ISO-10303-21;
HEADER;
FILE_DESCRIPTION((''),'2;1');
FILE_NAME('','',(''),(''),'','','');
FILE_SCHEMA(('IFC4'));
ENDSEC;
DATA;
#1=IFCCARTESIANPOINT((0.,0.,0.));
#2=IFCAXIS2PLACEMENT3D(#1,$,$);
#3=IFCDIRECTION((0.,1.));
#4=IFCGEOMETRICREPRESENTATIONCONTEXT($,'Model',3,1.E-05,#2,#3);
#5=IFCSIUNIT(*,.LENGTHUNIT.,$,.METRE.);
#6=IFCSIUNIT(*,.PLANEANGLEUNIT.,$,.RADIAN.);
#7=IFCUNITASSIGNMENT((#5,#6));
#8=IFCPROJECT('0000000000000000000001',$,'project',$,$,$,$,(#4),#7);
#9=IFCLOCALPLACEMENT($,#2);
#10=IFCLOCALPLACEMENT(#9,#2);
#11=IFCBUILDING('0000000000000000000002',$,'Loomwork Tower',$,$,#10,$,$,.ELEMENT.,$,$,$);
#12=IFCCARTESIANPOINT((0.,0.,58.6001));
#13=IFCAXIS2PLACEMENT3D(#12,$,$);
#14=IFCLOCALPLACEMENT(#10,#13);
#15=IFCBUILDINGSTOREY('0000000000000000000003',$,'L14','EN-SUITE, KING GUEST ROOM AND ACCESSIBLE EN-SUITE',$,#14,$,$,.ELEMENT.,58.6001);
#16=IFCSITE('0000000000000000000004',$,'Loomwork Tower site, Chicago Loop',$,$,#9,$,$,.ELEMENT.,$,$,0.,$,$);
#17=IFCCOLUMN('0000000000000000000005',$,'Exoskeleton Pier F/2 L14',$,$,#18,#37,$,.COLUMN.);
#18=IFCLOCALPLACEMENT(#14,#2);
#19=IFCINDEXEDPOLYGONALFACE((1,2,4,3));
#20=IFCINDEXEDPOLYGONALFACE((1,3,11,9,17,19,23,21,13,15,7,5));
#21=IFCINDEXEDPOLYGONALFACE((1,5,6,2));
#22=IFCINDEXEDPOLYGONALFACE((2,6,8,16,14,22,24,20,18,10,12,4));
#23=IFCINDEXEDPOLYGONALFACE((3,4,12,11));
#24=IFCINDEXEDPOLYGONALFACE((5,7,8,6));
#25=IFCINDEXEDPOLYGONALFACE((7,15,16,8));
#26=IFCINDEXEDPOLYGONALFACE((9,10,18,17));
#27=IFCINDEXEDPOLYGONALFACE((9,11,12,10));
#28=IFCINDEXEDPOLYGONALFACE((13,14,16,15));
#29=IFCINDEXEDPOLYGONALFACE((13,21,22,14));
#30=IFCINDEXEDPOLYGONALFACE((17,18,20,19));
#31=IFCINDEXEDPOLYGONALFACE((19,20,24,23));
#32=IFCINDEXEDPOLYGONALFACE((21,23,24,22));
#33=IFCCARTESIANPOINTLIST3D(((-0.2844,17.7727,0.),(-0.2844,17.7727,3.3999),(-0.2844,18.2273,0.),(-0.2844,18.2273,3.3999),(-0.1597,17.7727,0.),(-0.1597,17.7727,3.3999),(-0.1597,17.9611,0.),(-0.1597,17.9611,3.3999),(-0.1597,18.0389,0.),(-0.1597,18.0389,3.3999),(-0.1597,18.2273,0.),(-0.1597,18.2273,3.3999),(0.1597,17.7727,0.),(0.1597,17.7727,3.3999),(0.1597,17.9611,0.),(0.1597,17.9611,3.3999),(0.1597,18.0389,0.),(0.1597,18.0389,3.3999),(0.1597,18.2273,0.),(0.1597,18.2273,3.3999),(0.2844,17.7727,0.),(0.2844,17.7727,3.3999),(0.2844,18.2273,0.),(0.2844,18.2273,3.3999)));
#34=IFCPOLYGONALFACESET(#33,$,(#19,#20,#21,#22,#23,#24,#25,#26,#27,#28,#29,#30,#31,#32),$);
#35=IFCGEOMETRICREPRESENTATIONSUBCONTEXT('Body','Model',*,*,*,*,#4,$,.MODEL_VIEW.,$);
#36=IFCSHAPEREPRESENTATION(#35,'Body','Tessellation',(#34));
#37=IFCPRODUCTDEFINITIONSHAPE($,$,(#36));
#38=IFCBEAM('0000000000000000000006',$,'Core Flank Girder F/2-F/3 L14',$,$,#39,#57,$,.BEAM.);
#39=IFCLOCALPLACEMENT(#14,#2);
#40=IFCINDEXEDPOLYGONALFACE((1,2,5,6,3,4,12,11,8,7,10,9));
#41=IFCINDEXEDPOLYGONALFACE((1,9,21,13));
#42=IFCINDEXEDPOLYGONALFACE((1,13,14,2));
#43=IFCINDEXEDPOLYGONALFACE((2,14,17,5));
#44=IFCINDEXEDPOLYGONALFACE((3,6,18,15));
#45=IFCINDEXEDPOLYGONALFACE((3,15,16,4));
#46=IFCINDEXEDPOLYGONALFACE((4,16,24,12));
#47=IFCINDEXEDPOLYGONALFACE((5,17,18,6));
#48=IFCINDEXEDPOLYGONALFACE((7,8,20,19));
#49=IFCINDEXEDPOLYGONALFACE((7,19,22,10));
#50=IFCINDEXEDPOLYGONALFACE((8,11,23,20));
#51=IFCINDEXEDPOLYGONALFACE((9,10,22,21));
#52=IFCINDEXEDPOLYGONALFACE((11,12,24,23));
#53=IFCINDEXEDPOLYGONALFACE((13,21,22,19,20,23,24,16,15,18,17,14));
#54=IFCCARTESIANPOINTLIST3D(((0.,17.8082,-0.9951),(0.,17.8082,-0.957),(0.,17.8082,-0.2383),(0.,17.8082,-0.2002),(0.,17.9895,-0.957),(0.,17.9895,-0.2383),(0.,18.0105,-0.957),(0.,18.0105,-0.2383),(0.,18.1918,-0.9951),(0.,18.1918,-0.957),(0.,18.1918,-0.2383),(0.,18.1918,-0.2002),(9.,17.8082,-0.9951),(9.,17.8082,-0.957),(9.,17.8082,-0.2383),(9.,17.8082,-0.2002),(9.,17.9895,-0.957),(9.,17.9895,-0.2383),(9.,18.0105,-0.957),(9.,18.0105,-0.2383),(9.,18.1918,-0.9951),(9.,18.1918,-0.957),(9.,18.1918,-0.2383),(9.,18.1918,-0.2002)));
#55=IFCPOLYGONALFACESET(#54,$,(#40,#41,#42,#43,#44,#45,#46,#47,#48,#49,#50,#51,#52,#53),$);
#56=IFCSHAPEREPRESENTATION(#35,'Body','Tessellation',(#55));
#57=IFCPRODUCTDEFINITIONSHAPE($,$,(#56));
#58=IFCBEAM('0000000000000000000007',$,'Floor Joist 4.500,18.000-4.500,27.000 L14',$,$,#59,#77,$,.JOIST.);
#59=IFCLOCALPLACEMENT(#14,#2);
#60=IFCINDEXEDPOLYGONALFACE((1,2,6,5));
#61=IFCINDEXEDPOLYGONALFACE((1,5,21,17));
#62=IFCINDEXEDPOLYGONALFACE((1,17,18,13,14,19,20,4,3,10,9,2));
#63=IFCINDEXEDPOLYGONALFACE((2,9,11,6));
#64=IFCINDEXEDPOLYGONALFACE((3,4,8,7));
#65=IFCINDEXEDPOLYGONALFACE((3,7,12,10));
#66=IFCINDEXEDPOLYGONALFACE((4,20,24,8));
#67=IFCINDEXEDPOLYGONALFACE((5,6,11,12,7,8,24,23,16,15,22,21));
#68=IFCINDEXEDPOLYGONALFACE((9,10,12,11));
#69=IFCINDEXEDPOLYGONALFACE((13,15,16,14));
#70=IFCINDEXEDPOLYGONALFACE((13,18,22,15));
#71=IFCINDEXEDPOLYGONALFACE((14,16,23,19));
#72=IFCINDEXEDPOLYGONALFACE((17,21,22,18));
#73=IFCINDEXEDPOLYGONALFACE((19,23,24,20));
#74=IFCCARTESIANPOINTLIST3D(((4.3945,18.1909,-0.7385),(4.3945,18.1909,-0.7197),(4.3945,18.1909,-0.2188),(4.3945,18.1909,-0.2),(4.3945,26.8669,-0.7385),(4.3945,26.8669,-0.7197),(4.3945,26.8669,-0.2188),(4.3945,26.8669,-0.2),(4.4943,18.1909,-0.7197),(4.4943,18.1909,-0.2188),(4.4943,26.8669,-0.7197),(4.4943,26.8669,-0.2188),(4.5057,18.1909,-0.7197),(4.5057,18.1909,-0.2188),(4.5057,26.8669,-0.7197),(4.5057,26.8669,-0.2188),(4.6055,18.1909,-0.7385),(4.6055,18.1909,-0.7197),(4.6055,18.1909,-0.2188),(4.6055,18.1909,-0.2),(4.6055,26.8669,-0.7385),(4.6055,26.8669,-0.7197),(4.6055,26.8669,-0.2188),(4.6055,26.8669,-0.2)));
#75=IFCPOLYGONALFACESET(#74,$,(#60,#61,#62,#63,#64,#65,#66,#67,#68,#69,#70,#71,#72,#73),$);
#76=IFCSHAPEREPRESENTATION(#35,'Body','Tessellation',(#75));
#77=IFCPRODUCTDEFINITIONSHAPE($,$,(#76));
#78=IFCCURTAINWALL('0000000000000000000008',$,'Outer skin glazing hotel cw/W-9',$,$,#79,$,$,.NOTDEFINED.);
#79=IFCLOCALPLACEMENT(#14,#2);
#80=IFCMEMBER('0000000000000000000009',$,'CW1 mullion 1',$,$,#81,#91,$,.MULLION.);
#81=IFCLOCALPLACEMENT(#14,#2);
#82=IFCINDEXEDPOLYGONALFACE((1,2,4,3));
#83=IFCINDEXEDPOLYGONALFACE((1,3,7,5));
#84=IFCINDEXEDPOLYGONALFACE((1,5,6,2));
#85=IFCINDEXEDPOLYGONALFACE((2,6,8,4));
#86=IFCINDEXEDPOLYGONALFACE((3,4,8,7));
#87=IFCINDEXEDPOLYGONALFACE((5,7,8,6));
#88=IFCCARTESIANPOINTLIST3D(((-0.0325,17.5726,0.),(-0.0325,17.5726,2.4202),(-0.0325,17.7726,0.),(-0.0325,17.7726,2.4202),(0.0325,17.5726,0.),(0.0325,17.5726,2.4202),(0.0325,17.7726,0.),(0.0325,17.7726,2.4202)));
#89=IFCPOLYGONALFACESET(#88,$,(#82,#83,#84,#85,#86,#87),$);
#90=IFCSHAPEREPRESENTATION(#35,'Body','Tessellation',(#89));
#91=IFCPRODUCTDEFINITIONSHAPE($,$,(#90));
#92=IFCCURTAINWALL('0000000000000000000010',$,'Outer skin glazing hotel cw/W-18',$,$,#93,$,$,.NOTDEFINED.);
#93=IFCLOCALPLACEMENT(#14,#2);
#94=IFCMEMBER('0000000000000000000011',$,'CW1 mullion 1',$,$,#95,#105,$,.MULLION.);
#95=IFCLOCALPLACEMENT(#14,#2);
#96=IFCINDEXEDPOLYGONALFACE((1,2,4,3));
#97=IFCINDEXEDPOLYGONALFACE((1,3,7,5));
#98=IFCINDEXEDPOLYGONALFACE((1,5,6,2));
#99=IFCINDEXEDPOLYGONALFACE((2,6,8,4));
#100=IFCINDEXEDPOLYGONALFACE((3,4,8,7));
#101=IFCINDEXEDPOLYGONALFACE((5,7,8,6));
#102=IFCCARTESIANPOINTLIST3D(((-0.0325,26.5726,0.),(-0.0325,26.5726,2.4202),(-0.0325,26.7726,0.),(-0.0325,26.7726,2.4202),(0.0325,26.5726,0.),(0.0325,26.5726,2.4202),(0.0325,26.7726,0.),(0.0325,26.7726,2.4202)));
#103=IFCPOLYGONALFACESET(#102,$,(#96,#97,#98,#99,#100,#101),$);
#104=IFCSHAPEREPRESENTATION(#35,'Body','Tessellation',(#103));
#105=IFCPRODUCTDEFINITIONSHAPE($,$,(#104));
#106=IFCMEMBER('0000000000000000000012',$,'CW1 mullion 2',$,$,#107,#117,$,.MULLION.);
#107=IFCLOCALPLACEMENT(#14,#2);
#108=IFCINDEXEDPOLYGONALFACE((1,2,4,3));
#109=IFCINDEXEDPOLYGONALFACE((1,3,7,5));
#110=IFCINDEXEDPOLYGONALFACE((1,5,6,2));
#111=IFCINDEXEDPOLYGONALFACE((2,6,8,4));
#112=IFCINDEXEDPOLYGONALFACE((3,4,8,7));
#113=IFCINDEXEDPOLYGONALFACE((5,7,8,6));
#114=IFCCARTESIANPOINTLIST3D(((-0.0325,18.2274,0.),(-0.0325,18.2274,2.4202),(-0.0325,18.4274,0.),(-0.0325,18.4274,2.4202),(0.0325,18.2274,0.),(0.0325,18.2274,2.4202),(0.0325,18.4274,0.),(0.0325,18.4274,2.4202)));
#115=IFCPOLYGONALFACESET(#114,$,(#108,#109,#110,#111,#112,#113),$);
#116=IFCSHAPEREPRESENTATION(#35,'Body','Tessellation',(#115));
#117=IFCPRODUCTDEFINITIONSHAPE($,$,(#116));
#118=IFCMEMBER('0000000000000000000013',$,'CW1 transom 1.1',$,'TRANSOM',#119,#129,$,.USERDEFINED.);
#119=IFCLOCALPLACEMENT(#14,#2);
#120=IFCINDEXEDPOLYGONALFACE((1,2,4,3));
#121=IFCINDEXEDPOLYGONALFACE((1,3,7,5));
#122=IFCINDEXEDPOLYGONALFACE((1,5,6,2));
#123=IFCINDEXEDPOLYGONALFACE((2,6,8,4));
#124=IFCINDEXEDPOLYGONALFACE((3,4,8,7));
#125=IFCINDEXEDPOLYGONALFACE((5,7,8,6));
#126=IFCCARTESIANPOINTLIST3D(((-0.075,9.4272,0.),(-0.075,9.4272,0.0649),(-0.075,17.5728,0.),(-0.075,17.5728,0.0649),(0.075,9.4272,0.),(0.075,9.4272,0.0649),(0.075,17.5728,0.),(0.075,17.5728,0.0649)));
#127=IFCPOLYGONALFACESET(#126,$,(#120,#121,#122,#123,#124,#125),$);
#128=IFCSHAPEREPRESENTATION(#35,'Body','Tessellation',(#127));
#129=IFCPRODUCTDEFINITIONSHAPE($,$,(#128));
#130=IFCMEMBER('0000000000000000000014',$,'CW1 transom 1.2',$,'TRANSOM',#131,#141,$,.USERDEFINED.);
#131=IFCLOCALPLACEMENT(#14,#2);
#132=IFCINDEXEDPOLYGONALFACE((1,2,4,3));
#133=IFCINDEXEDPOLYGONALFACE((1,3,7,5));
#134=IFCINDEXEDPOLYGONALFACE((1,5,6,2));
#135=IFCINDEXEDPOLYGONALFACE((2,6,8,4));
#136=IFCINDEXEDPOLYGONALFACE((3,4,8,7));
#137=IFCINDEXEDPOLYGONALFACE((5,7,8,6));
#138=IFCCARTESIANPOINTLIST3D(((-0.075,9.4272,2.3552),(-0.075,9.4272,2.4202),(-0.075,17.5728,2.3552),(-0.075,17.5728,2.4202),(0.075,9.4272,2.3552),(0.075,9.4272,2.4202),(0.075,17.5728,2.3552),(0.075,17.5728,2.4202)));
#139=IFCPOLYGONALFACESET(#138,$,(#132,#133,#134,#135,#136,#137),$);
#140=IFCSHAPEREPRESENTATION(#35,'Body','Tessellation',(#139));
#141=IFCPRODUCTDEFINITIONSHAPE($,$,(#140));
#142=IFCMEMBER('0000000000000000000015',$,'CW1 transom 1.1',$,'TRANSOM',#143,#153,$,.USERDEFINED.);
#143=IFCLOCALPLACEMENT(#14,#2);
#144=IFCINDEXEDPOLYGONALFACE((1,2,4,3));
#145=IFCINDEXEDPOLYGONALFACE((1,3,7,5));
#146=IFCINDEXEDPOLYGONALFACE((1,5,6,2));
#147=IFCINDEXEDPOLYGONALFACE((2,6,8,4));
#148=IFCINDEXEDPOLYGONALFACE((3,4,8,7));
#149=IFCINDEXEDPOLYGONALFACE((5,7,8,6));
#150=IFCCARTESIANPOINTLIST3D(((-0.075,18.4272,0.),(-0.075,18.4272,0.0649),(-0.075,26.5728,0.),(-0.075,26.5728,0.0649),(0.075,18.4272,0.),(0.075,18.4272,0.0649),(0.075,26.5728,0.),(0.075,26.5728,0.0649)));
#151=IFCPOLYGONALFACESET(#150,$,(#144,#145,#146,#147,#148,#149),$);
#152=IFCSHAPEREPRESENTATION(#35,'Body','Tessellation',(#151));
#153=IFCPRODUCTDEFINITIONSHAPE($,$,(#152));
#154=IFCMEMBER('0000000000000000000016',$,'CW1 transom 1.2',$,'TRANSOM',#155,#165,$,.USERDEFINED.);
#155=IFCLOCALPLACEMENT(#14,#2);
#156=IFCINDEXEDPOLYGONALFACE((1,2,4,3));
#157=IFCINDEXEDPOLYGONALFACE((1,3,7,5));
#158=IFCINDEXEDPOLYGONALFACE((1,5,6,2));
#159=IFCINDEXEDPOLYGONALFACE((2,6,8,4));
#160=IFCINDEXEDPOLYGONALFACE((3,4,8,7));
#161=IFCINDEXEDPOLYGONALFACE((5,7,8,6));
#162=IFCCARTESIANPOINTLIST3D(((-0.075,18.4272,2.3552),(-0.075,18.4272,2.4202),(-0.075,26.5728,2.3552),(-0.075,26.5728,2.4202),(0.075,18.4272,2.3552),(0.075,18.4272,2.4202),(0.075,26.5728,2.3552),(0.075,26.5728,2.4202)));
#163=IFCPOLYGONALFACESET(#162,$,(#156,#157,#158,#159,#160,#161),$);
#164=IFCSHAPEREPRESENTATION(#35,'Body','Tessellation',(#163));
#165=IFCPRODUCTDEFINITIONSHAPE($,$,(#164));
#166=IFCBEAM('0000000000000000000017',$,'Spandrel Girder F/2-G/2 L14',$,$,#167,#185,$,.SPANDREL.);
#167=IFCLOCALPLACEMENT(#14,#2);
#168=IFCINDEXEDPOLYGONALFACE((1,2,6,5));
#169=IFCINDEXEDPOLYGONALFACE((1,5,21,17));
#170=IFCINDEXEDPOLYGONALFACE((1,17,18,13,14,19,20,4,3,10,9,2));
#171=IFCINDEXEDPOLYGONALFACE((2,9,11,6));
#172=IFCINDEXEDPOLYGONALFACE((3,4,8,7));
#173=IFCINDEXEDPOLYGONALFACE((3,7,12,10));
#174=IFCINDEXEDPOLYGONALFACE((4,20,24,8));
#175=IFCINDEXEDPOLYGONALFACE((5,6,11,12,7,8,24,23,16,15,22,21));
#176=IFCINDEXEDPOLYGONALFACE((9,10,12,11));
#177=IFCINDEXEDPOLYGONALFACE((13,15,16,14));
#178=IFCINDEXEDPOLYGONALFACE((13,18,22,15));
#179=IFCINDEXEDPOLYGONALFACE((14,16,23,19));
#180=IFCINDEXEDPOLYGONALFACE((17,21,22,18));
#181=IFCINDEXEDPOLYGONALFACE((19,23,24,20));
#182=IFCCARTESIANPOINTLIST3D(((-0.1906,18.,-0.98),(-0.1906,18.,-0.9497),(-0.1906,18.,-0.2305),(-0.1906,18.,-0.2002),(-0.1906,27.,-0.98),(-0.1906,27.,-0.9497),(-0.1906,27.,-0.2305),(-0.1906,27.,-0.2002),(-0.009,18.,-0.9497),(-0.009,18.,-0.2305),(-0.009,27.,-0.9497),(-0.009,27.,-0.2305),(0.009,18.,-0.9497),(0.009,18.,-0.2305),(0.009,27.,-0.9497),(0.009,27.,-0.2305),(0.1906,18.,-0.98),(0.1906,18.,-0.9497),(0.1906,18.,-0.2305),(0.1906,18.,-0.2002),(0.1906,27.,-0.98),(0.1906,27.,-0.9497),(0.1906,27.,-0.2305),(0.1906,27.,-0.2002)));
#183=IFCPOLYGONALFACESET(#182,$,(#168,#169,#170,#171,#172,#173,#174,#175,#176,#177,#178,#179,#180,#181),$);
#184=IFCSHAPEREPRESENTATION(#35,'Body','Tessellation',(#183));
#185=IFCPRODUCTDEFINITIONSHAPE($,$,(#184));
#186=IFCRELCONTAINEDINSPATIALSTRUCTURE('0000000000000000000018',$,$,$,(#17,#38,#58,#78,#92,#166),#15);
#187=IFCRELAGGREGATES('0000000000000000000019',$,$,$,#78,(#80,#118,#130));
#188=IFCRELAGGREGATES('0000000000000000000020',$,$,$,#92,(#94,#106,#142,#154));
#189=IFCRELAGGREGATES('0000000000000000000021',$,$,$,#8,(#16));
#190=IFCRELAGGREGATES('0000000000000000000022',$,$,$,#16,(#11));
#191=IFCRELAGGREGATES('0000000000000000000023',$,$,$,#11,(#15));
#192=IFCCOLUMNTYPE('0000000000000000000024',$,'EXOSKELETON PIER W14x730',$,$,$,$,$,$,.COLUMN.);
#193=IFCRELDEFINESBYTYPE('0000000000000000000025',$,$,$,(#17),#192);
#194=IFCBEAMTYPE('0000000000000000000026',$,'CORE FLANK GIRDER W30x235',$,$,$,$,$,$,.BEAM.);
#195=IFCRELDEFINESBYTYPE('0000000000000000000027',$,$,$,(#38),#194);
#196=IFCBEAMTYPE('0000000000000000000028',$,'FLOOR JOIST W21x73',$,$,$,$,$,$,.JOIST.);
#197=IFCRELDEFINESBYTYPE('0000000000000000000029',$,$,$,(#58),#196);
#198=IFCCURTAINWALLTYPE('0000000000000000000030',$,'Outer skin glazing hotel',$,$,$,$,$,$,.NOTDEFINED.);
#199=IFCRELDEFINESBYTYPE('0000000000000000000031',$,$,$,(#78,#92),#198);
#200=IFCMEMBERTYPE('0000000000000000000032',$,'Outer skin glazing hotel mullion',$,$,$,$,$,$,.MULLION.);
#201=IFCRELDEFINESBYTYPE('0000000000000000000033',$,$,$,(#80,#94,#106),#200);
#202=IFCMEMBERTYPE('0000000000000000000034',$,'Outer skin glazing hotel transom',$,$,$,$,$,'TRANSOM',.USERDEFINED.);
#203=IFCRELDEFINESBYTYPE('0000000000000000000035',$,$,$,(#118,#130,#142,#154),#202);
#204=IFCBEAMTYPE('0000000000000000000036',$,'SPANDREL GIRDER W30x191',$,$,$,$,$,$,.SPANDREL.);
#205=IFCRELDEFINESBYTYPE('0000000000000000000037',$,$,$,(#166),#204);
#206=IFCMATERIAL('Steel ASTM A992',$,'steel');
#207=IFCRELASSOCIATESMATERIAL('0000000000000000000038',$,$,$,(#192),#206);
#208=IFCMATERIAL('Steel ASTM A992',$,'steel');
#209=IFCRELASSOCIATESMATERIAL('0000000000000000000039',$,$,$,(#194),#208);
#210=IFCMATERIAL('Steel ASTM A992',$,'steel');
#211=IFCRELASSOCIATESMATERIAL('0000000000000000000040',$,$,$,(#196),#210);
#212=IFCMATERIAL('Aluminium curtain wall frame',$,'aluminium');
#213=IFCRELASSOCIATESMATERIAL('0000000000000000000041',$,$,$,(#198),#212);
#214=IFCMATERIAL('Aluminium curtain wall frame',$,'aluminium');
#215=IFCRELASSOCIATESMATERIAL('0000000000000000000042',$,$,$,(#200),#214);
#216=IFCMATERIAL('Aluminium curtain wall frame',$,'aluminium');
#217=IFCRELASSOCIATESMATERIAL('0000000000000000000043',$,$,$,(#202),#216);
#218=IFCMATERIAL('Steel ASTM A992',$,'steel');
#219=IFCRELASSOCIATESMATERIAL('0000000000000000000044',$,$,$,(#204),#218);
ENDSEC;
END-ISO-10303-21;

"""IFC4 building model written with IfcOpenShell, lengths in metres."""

from ifc_helpers import new_model, si_unit, direction, frame, origin, origin_2d, place, context, subcontext, project, spatial, rectangle, i_section, extrude, material, material_profile, profile_set, type_object, element, aggregate, save


model = new_model("IFC4")

# Units and contexts
model_context = context("Model", 3, precision=1e-05, world=origin(), true_north=direction((0.0, 1.0)))
body_context = subcontext(model_context, "Body", "Model", "MODEL_VIEW")
ifc_project = project(units=[si_unit("LENGTHUNIT", "METRE"), si_unit("PLANEANGLEUNIT", "RADIAN")], contexts=[model_context])

# Site, building, storey
site_placement = place(None, origin())
site = spatial("IfcSite", under=ifc_project, at=site_placement, Name="Loomwork Tower site, Chicago Loop", CompositionType="ELEMENT", RefElevation=0.0)
building_placement = place(site_placement, origin())
building = spatial("IfcBuilding", under=site, at=building_placement, Name="Loomwork Tower", CompositionType="ELEMENT")
storey_placement = place(building_placement, frame((0.0, 0.0, 58.6001)))
storey = spatial("IfcBuildingStorey", under=building, at=storey_placement, Name="L14", Description="EN-SUITE, KING GUEST ROOM AND ACCESSIBLE EN-SUITE", CompositionType="ELEMENT", Elevation=58.6001)

# Column
ifc_material_1 = material(Name="Steel ASTM A992", Category="steel")
ifc_material_profile_1 = material_profile(ifc_material_1, i_section(OverallWidth=0.4546, OverallDepth=0.5688, WebThickness=0.0779, FlangeThickness=0.1248, at=origin_2d()), Name="W14x730")
ifc_profile_set_1 = profile_set([ifc_material_profile_1], Name="Steel ASTM A992")
column_type = type_object("IfcColumnType", Name="EXOSKELETON PIER W14x730", PredefinedType="COLUMN", material=ifc_profile_set_1)
column_placement = place(storey_placement, frame((0.0, 18.0, 0.0), z_axis=(0.0, 0.0, 1.0), x_axis=(0.0, 1.0, 0.0)))
element("IfcColumn", 1, at=column_placement, inside=storey, type_object=column_type, Name="Exoskeleton Pier F/2 L14", PredefinedType="COLUMN", context=body_context, shape_type="SweptSolid", body=[
    extrude(i_section(OverallWidth=0.4546, OverallDepth=0.5688, WebThickness=0.0779, FlangeThickness=0.1248, at=origin_2d()), origin(), (0.0, 0.0, 1.0), 3.3999),
])

# Beams
ifc_material_2 = material(Name="Steel ASTM A992", Category="steel")
ifc_material_profile_2 = material_profile(ifc_material_2, i_section(OverallWidth=0.3835, OverallDepth=0.7949, WebThickness=0.021, FlangeThickness=0.0381, at=origin_2d()), Name="W30x235")
ifc_profile_set_2 = profile_set([ifc_material_profile_2], Name="Steel ASTM A992")
beam_type_1 = type_object("IfcBeamType", Name="CORE FLANK GIRDER W30x235", PredefinedType="BEAM", material=ifc_profile_set_2)
beam_1_placement = place(storey_placement, frame((0.0, 18.0, -0.5977), z_axis=(1.0, 0.0, 0.0), x_axis=(0.0, 1.0, 0.0)))
element("IfcBeam", 2, at=beam_1_placement, inside=storey, type_object=beam_type_1, Name="Core Flank Girder F/2-F/3 L14", PredefinedType="BEAM", context=body_context, shape_type="SweptSolid", body=[
    extrude(i_section(OverallWidth=0.3835, OverallDepth=0.7949, WebThickness=0.021, FlangeThickness=0.0381, at=origin_2d()), origin(), (0.0, 0.0, 1.0), 9.0),
])
ifc_material_3 = material(Name="Steel ASTM A992", Category="steel")
ifc_material_profile_3 = material_profile(ifc_material_3, i_section(OverallWidth=0.2109, OverallDepth=0.5386, WebThickness=0.0115, FlangeThickness=0.0188, at=origin_2d()), Name="W21x73")
ifc_profile_set_3 = profile_set([ifc_material_profile_3], Name="Steel ASTM A992")
beam_type_2 = type_object("IfcBeamType", Name="FLOOR JOIST W21x73", PredefinedType="JOIST", material=ifc_profile_set_3)
beam_2_placement = place(storey_placement, frame((4.5, 18.1909, -0.4692), z_axis=(0.0, 1.0, 0.0), x_axis=(-1.0, 0.0, 0.0)))
element("IfcBeam", 3, at=beam_2_placement, inside=storey, type_object=beam_type_2, Name="Floor Joist 4.500,18.000-4.500,27.000 L14", PredefinedType="JOIST", context=body_context, shape_type="SweptSolid", body=[
    extrude(i_section(OverallWidth=0.2109, OverallDepth=0.5386, WebThickness=0.0115, FlangeThickness=0.0188, at=origin_2d()), origin(), (0.0, 0.0, 1.0), 8.676),
])

# Curtain wall, member
ifc_material_4 = material(Name="Aluminium curtain wall frame", Category="aluminium")
curtain_wall_type = type_object("IfcCurtainWallType", Name="Outer skin glazing hotel", PredefinedType="NOTDEFINED", material=ifc_material_4)
curtain_wall_1_placement = place(storey_placement, origin())
curtain_wall_1 = element("IfcCurtainWall", 4, at=curtain_wall_1_placement, inside=storey, type_object=curtain_wall_type, Name="Outer skin glazing hotel cw/W-9", PredefinedType="NOTDEFINED")
ifc_material_5 = material(Name="Aluminium curtain wall frame", Category="aluminium")
ifc_material_profile_4 = material_profile(ifc_material_5, rectangle(XDim=0.0649, YDim=0.2, at=origin_2d()), Name="AL 65x200")
ifc_profile_set_4 = profile_set([ifc_material_profile_4], Name="Aluminium curtain wall frame")
member_type_1 = type_object("IfcMemberType", Name="Outer skin glazing hotel mullion", PredefinedType="MULLION", material=ifc_profile_set_4)
member_1_placement = place(storey_placement, frame((0.0, 17.6726, 0.0), z_axis=(0.0, 0.0, 1.0), x_axis=(1.0, 0.0, 0.0)))
member_1 = element("IfcMember", 5, at=member_1_placement, type_object=member_type_1, Name="CW1 mullion 1", PredefinedType="MULLION", context=body_context, shape_type="SweptSolid", body=[
    extrude(rectangle(XDim=0.0649, YDim=0.2, at=origin_2d()), origin(), (0.0, 0.0, 1.0), 2.4202),
])

# Curtain wall, members
curtain_wall_2_placement = place(storey_placement, origin())
curtain_wall_2 = element("IfcCurtainWall", 6, at=curtain_wall_2_placement, inside=storey, type_object=curtain_wall_type, Name="Outer skin glazing hotel cw/W-18", PredefinedType="NOTDEFINED")
member_2_placement = place(storey_placement, frame((0.0, 26.6726, 0.0), z_axis=(0.0, 0.0, 1.0), x_axis=(1.0, 0.0, 0.0)))
member_2 = element("IfcMember", 7, at=member_2_placement, type_object=member_type_1, Name="CW1 mullion 1", PredefinedType="MULLION", context=body_context, shape_type="SweptSolid", body=[
    extrude(rectangle(XDim=0.0649, YDim=0.2, at=origin_2d()), origin(), (0.0, 0.0, 1.0), 2.4202),
])
member_3_placement = place(storey_placement, frame((0.0, 18.3274, 0.0), z_axis=(0.0, 0.0, 1.0), x_axis=(1.0, 0.0, 0.0)))
member_3 = element("IfcMember", 8, at=member_3_placement, type_object=member_type_1, Name="CW1 mullion 2", PredefinedType="MULLION", context=body_context, shape_type="SweptSolid", body=[
    extrude(rectangle(XDim=0.0649, YDim=0.2, at=origin_2d()), origin(), (0.0, 0.0, 1.0), 2.4202),
])

# Members
ifc_material_6 = material(Name="Aluminium curtain wall frame", Category="aluminium")
ifc_material_profile_5 = material_profile(ifc_material_6, rectangle(XDim=0.1499, YDim=0.0649, at=origin_2d()), Name="AL 65x150")
ifc_profile_set_5 = profile_set([ifc_material_profile_5], Name="Aluminium curtain wall frame")
member_type_2 = type_object("IfcMemberType", Name="Outer skin glazing hotel transom", ElementType="TRANSOM", PredefinedType="USERDEFINED", material=ifc_profile_set_5)
member_4_placement = place(storey_placement, frame((0.0, 17.5728, 0.0325), z_axis=(0.0, -1.0, 0.0), x_axis=(1.0, 0.0, 0.0)))
member_4 = element("IfcMember", 9, at=member_4_placement, type_object=member_type_2, Name="CW1 transom 1.1", ObjectType="TRANSOM", PredefinedType="USERDEFINED", context=body_context, shape_type="SweptSolid", body=[
    extrude(rectangle(XDim=0.1499, YDim=0.0649, at=origin_2d()), origin(), (0.0, 0.0, 1.0), 8.1455),
])
member_5_placement = place(storey_placement, frame((0.0, 17.5728, 2.3877), z_axis=(0.0, -1.0, 0.0), x_axis=(1.0, 0.0, 0.0)))
member_5 = element("IfcMember", 10, at=member_5_placement, type_object=member_type_2, Name="CW1 transom 1.2", ObjectType="TRANSOM", PredefinedType="USERDEFINED", context=body_context, shape_type="SweptSolid", body=[
    extrude(rectangle(XDim=0.1499, YDim=0.0649, at=origin_2d()), origin(), (0.0, 0.0, 1.0), 8.1455),
])
aggregate(curtain_wall_1, [member_1, member_4, member_5])
member_6_placement = place(storey_placement, frame((0.0, 26.5728, 0.0325), z_axis=(0.0, -1.0, 0.0), x_axis=(1.0, 0.0, 0.0)))
member_6 = element("IfcMember", 11, at=member_6_placement, type_object=member_type_2, Name="CW1 transom 1.1", ObjectType="TRANSOM", PredefinedType="USERDEFINED", context=body_context, shape_type="SweptSolid", body=[
    extrude(rectangle(XDim=0.1499, YDim=0.0649, at=origin_2d()), origin(), (0.0, 0.0, 1.0), 8.1455),
])
member_7_placement = place(storey_placement, frame((0.0, 26.5728, 2.3877), z_axis=(0.0, -1.0, 0.0), x_axis=(1.0, 0.0, 0.0)))
member_7 = element("IfcMember", 12, at=member_7_placement, type_object=member_type_2, Name="CW1 transom 1.2", ObjectType="TRANSOM", PredefinedType="USERDEFINED", context=body_context, shape_type="SweptSolid", body=[
    extrude(rectangle(XDim=0.1499, YDim=0.0649, at=origin_2d()), origin(), (0.0, 0.0, 1.0), 8.1455),
])

# Beam
ifc_material_7 = material(Name="Steel ASTM A992", Category="steel")
ifc_material_profile_6 = material_profile(ifc_material_7, i_section(OverallWidth=0.3811, OverallDepth=0.7798, WebThickness=0.0181, FlangeThickness=0.0303, at=origin_2d()), Name="W30x191")
ifc_profile_set_6 = profile_set([ifc_material_profile_6], Name="Steel ASTM A992")
beam_type_3 = type_object("IfcBeamType", Name="SPANDREL GIRDER W30x191", PredefinedType="SPANDREL", material=ifc_profile_set_6)
beam_3_placement = place(storey_placement, frame((0.0, 18.0, -0.5901), z_axis=(0.0, 1.0, 0.0), x_axis=(-1.0, 0.0, 0.0)))
element("IfcBeam", 13, at=beam_3_placement, inside=storey, type_object=beam_type_3, Name="Spandrel Girder F/2-G/2 L14", PredefinedType="SPANDREL", context=body_context, shape_type="SweptSolid", body=[
    extrude(i_section(OverallWidth=0.3811, OverallDepth=0.7798, WebThickness=0.0181, FlangeThickness=0.0303, at=origin_2d()), origin(), (0.0, 0.0, 1.0), 9.0),
])

aggregate(curtain_wall_2, [member_2, member_3, member_6, member_7])

save(model, "model.ifc")
